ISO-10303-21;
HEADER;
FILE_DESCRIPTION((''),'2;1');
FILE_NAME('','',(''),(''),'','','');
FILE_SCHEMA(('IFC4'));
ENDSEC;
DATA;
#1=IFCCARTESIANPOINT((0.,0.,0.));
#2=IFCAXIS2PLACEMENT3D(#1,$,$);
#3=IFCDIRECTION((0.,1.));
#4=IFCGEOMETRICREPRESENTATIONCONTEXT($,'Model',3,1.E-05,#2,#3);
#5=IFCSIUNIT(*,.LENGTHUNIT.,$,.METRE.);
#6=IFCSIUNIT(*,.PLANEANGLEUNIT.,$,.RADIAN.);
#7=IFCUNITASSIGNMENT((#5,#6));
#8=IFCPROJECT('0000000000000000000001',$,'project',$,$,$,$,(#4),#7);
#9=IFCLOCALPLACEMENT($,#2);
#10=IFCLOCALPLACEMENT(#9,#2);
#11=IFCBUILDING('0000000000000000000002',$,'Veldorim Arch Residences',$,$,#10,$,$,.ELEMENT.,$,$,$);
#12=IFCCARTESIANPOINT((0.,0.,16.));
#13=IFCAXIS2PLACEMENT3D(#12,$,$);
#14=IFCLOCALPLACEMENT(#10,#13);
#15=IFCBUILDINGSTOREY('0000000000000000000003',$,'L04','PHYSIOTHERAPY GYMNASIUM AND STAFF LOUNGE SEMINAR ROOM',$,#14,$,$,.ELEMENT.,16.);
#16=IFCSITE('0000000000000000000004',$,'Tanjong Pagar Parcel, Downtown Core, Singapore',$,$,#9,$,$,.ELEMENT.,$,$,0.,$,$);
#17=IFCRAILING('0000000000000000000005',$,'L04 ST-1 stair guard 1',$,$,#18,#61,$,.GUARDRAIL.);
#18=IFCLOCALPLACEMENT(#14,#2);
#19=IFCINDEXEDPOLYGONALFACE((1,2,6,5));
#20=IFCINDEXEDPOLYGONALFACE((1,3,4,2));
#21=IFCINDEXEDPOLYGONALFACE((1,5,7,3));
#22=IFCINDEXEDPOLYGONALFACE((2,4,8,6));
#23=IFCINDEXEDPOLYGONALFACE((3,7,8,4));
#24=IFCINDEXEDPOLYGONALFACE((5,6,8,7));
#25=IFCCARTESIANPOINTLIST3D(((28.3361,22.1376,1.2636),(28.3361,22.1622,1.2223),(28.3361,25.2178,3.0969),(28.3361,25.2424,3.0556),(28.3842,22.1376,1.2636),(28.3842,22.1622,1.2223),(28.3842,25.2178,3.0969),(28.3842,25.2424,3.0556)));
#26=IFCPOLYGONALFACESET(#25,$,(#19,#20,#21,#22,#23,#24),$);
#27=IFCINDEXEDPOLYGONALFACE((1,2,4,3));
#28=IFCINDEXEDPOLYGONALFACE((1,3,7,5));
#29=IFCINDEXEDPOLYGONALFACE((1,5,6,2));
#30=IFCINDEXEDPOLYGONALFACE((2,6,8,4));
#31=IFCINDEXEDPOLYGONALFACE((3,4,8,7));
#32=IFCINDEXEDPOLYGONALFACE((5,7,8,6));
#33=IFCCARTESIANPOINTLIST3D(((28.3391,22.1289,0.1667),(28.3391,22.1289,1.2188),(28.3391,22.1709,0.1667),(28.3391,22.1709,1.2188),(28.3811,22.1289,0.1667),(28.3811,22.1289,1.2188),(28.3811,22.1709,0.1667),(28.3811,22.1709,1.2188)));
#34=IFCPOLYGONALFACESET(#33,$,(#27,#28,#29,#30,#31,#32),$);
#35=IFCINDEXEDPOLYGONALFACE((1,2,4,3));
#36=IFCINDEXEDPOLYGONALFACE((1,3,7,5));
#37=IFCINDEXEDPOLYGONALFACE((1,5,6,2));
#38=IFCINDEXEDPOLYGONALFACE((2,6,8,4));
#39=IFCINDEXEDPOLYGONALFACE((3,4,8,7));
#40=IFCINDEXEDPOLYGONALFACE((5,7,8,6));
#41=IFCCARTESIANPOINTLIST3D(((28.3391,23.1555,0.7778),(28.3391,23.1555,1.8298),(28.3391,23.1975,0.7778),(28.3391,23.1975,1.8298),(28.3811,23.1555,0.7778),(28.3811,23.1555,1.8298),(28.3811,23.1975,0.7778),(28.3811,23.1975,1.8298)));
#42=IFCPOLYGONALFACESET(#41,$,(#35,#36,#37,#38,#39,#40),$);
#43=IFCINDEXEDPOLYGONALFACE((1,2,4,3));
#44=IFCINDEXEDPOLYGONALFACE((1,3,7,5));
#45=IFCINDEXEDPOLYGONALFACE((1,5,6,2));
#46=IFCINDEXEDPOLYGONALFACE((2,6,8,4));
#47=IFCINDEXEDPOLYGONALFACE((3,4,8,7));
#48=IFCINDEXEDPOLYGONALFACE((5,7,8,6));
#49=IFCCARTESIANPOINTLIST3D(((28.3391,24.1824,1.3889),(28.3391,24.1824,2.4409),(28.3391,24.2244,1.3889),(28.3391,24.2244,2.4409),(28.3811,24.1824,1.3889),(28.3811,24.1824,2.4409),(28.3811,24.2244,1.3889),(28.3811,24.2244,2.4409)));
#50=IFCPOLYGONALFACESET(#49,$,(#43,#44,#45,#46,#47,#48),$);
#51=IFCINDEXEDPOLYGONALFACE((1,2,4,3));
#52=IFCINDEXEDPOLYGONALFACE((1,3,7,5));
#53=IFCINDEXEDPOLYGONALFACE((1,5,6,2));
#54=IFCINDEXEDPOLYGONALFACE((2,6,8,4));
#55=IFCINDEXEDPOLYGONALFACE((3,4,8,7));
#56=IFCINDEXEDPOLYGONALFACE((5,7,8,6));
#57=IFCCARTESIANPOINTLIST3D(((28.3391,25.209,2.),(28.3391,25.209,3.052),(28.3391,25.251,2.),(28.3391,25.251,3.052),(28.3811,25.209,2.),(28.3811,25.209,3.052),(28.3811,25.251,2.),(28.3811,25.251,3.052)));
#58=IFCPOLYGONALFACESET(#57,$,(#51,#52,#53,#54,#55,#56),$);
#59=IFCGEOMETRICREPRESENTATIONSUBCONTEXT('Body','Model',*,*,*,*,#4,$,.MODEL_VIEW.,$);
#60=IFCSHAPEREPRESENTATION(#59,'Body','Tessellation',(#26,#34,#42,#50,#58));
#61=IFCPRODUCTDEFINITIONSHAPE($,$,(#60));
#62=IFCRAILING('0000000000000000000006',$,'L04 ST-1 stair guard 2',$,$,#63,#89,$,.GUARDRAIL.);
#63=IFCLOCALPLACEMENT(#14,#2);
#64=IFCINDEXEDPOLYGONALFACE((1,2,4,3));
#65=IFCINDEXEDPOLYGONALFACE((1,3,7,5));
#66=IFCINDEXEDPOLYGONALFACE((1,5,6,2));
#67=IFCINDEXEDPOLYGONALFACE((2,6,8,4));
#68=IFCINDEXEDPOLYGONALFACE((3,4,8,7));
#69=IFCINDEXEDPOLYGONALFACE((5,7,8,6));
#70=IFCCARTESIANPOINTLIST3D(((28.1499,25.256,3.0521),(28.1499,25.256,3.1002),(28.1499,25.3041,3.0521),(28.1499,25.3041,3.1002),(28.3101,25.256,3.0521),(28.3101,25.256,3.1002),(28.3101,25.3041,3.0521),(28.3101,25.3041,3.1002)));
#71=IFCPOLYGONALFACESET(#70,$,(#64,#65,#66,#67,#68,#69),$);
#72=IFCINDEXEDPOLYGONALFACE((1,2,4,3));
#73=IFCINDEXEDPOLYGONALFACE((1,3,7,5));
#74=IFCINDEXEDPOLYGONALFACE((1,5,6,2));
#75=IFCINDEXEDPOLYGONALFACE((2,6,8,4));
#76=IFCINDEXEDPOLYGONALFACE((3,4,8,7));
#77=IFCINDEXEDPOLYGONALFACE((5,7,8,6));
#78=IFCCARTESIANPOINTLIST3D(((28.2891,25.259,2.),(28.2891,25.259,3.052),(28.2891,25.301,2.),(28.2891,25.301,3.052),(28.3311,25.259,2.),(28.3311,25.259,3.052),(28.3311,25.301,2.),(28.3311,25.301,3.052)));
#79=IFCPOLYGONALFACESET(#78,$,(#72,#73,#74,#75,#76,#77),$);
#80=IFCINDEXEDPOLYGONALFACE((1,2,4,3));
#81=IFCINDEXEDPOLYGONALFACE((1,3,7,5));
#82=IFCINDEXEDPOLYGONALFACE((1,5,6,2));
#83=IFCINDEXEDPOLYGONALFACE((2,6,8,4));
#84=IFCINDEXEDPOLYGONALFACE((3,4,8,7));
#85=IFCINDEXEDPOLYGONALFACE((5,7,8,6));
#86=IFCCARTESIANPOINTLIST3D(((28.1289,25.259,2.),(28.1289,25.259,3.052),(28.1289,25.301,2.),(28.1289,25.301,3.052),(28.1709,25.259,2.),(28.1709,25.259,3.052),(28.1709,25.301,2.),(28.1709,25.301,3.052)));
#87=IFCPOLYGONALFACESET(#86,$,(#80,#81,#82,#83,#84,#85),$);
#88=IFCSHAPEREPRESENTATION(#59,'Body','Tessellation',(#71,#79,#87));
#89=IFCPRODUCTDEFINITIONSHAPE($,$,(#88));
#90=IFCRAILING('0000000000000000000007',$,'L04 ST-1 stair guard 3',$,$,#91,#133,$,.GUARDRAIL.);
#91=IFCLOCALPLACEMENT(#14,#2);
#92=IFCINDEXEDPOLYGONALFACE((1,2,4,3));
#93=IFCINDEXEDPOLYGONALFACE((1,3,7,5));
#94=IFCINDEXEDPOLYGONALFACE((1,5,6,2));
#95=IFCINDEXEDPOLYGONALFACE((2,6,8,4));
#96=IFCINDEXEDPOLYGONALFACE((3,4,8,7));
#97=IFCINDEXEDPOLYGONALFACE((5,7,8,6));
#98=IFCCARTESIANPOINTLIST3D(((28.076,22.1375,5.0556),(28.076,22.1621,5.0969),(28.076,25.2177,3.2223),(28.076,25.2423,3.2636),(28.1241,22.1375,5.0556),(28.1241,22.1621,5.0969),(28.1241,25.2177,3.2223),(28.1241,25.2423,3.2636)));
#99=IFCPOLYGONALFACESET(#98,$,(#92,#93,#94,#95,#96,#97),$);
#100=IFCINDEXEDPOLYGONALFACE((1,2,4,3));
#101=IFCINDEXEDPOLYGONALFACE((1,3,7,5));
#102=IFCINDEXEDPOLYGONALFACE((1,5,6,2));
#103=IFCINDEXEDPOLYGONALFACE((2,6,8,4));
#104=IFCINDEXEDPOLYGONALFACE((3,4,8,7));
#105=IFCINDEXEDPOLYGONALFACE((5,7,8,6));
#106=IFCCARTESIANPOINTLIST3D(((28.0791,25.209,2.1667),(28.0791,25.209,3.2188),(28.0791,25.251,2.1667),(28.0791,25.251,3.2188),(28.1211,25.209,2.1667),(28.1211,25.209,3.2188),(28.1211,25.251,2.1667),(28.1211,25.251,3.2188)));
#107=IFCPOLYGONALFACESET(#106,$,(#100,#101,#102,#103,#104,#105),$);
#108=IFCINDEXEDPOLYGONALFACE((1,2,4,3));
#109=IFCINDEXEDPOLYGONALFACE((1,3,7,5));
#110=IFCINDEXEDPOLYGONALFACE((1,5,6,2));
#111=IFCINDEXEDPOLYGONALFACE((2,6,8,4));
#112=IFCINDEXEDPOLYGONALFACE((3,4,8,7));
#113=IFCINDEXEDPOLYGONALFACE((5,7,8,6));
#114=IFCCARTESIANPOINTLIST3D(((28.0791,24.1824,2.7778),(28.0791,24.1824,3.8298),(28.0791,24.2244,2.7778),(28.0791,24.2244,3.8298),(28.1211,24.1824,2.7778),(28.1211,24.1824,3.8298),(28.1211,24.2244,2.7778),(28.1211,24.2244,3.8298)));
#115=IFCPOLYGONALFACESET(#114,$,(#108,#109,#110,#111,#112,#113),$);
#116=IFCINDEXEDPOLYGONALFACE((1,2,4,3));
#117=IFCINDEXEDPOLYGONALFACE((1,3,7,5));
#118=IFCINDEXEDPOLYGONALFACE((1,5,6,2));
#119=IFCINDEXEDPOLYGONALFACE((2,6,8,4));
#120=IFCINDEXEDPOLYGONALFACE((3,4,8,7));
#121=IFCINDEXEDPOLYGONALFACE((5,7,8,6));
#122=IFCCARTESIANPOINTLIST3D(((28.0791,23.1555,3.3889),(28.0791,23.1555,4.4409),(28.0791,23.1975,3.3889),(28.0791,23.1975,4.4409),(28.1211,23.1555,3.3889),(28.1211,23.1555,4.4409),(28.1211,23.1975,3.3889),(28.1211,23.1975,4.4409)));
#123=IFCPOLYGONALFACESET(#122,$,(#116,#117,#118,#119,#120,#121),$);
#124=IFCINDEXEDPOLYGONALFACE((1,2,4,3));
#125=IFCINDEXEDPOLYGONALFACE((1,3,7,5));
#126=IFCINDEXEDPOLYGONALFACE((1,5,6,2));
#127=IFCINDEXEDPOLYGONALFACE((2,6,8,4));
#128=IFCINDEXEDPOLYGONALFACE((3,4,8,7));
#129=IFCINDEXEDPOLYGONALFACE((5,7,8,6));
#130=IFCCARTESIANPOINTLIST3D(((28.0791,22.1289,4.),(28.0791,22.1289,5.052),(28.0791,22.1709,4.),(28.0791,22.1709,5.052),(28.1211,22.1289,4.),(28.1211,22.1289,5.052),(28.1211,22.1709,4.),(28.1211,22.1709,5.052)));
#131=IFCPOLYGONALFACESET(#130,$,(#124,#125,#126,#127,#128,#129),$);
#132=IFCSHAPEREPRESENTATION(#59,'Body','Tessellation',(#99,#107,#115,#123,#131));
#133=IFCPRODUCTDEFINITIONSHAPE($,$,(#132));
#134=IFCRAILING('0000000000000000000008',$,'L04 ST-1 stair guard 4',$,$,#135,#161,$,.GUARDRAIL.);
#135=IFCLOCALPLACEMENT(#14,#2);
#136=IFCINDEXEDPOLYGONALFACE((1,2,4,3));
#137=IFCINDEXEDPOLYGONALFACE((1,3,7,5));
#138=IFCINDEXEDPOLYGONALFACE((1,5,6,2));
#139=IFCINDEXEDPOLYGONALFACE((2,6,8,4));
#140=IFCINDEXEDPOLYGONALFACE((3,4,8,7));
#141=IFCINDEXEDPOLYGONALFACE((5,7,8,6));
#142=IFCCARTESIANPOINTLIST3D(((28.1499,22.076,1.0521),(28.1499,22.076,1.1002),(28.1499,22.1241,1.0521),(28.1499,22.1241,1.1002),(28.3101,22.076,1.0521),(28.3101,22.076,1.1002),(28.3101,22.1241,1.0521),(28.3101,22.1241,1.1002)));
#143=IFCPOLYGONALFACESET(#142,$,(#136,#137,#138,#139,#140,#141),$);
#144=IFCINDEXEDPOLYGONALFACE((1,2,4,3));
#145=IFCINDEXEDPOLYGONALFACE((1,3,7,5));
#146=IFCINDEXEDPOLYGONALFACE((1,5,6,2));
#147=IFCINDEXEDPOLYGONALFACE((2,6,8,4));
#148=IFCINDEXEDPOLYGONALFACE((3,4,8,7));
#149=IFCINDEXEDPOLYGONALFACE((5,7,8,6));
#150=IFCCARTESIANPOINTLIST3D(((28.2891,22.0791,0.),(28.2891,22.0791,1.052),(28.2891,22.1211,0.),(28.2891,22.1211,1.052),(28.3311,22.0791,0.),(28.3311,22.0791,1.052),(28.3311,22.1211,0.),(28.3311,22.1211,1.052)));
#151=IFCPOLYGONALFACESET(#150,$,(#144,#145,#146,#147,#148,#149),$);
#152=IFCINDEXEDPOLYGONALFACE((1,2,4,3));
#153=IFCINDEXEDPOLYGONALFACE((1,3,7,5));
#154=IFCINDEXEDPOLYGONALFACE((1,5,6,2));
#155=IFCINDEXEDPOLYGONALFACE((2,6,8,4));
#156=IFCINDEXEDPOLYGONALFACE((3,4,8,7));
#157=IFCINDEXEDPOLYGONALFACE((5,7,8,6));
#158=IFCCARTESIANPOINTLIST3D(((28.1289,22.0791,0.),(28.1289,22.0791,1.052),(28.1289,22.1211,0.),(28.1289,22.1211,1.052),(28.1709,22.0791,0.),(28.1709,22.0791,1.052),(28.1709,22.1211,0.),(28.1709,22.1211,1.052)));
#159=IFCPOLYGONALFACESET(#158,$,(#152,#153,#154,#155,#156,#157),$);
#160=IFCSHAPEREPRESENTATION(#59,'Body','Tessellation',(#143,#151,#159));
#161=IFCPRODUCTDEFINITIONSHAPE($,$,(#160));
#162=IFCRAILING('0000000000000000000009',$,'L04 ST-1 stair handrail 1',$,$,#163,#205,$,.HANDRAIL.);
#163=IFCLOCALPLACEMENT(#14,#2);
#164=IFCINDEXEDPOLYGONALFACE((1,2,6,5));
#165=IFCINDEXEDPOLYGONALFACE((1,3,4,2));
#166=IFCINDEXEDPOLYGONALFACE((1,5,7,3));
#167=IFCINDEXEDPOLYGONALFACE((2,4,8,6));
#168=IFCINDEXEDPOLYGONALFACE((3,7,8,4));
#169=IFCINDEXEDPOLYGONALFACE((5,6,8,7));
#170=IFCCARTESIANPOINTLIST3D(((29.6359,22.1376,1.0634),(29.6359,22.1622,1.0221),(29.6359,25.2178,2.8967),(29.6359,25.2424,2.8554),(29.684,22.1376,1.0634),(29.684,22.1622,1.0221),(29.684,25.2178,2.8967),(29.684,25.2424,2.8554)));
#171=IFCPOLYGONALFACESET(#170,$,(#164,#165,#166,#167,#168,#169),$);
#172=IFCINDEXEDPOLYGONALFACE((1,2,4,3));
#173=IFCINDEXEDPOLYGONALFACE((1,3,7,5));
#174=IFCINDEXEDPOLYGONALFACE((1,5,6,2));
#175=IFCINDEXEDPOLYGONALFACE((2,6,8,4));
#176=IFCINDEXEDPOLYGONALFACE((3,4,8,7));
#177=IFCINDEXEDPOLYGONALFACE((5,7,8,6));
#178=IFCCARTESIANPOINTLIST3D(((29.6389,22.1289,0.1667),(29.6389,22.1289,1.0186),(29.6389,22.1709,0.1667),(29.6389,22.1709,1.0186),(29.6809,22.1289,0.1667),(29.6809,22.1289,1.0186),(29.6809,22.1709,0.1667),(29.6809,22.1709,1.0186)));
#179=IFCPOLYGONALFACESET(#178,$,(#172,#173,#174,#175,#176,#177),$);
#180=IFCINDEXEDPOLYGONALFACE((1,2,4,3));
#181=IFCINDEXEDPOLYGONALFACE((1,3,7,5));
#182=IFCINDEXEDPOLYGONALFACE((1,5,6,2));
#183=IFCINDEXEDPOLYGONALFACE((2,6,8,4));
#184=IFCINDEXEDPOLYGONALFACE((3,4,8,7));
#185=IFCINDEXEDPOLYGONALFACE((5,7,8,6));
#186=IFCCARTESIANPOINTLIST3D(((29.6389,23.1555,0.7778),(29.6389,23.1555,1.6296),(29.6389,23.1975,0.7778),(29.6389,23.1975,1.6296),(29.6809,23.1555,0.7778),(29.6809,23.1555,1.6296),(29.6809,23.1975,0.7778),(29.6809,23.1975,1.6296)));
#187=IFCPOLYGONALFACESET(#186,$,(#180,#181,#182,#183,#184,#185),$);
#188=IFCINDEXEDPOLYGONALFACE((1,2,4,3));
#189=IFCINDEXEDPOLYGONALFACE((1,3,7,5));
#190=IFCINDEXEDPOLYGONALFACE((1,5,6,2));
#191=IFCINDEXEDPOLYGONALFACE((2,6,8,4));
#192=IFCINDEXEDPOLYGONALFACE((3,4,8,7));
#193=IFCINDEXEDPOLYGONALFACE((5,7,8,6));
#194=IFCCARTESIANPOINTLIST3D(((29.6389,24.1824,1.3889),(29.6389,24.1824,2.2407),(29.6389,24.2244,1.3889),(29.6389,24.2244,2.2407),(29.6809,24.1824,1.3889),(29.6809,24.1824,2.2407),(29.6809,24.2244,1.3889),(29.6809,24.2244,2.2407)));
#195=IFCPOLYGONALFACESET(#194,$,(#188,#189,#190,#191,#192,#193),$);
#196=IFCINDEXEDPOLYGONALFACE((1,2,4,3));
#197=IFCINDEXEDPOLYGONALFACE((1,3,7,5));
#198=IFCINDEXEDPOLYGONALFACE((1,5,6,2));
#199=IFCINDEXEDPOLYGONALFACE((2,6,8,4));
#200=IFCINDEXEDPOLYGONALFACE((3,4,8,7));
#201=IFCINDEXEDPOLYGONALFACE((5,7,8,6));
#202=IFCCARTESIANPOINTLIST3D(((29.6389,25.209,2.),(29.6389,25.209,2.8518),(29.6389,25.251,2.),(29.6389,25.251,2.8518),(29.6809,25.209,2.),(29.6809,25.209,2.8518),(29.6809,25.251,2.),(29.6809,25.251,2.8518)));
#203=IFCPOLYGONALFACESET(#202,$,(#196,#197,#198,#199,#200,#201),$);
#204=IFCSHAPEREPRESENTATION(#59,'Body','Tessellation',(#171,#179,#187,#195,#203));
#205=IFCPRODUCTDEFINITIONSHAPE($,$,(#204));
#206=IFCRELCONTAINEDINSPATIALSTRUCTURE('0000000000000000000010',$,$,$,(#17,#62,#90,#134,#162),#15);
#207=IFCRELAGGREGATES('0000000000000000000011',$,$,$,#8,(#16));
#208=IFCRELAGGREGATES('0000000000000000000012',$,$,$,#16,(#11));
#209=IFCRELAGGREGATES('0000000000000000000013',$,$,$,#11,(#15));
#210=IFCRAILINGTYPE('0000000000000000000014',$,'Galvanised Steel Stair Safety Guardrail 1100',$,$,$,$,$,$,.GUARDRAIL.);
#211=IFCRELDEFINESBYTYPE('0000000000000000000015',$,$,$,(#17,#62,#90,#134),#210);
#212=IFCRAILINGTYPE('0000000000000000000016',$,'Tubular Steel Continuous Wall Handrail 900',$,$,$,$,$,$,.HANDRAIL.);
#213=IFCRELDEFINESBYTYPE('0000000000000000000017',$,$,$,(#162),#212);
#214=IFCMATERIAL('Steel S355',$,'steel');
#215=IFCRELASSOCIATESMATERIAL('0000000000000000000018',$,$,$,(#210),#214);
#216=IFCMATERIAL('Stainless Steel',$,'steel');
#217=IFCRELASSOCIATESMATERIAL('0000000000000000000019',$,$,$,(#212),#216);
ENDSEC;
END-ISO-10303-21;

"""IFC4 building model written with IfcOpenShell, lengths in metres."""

from ifc_helpers import new_model, si_unit, direction, frame, origin, origin_2d, place, context, subcontext, project, spatial, rectangle, extrude, material, type_object, element, save


model = new_model("IFC4")

# Units and contexts
model_context = context("Model", 3, precision=1e-05, world=origin(), true_north=direction((0.0, 1.0)))
body_context = subcontext(model_context, "Body", "Model", "MODEL_VIEW")
ifc_project = project(units=[si_unit("LENGTHUNIT", "METRE"), si_unit("PLANEANGLEUNIT", "RADIAN")], contexts=[model_context])

# Site, building, storey
site_placement = place(None, origin())
site = spatial("IfcSite", under=ifc_project, at=site_placement, Name="Tanjong Pagar Parcel, Downtown Core, Singapore", CompositionType="ELEMENT", RefElevation=0.0)
building_placement = place(site_placement, origin())
building = spatial("IfcBuilding", under=site, at=building_placement, Name="Veldorim Arch Residences", CompositionType="ELEMENT")
storey_placement = place(building_placement, frame((0.0, 0.0, 16.0)))
storey = spatial("IfcBuildingStorey", under=building, at=storey_placement, Name="L04", Description="PHYSIOTHERAPY GYMNASIUM AND STAFF LOUNGE SEMINAR ROOM", CompositionType="ELEMENT", Elevation=16.0)

# Railings
ifc_material_1 = material(Name="Steel S355", Category="steel")
railing_type_1 = type_object("IfcRailingType", Name="Galvanised Steel Stair Safety Guardrail 1100", PredefinedType="GUARDRAIL", material=ifc_material_1)
railing_1_placement = place(storey_placement, frame((28.3601, 22.1499, 0.1667)))
element("IfcRailing", 1, at=railing_1_placement, inside=storey, type_object=railing_type_1, Name="L04 ST-1 stair guard 1", PredefinedType="GUARDRAIL", context=body_context, shape_type="SweptSolid", body=[
    extrude(rectangle(XDim=0.0481, YDim=0.0481, at=origin_2d()), frame((0.0, 0.0, 1.0762), z_axis=(0.0, 0.859309, 0.511458), x_axis=(-1.0, 0.0, 0.0)), (0.0, 0.0, 1.0), 3.5845),
    extrude(rectangle(XDim=0.042, YDim=0.042, at=origin_2d()), origin(), (0.0, 0.0, 1.0), 1.052),
    extrude(rectangle(XDim=0.042, YDim=0.042, at=origin_2d()), frame((0.0, 1.0266, 0.6111)), (0.0, 0.0, 1.0), 1.052),
    extrude(rectangle(XDim=0.042, YDim=0.042, at=origin_2d()), frame((0.0, 2.0535, 1.2222)), (0.0, 0.0, 1.0), 1.052),
    extrude(rectangle(XDim=0.042, YDim=0.042, at=origin_2d()), frame((0.0, 3.0801, 1.8333)), (0.0, 0.0, 1.0), 1.052),
])
railing_2_placement = place(storey_placement, frame((28.3101, 25.28, 2.0)))
element("IfcRailing", 2, at=railing_2_placement, inside=storey, type_object=railing_type_1, Name="L04 ST-1 stair guard 2", PredefinedType="GUARDRAIL", context=body_context, shape_type="SweptSolid", body=[
    extrude(rectangle(XDim=0.0481, YDim=0.0481, at=origin_2d()), frame((0.0, 0.0, 1.0762), z_axis=(-1.0, 0.0, 0.0), x_axis=(0.0, -1.0, 0.0)), (0.0, 0.0, 1.0), 0.1602),
    extrude(rectangle(XDim=0.042, YDim=0.042, at=origin_2d()), origin(), (0.0, 0.0, 1.0), 1.052),
    extrude(rectangle(XDim=0.042, YDim=0.042, at=origin_2d()), frame((-0.1602, 0.0, 0.0)), (0.0, 0.0, 1.0), 1.052),
])
railing_3_placement = place(storey_placement, frame((28.1001, 25.23, 2.1667)))
element("IfcRailing", 3, at=railing_3_placement, inside=storey, type_object=railing_type_1, Name="L04 ST-1 stair guard 3", PredefinedType="GUARDRAIL", context=body_context, shape_type="SweptSolid", body=[
    extrude(rectangle(XDim=0.0481, YDim=0.0481, at=origin_2d()), frame((0.0, 0.0, 1.0762), z_axis=(0.0, -0.859309, 0.511458), x_axis=(1.0, 0.0, 0.0)), (0.0, 0.0, 1.0), 3.5845),
    extrude(rectangle(XDim=0.042, YDim=0.042, at=origin_2d()), origin(), (0.0, 0.0, 1.0), 1.052),
    extrude(rectangle(XDim=0.042, YDim=0.042, at=origin_2d()), frame((0.0, -1.0266, 0.6111)), (0.0, 0.0, 1.0), 1.052),
    extrude(rectangle(XDim=0.042, YDim=0.042, at=origin_2d()), frame((0.0, -2.0535, 1.2222)), (0.0, 0.0, 1.0), 1.052),
    extrude(rectangle(XDim=0.042, YDim=0.042, at=origin_2d()), frame((0.0, -3.0801, 1.8333)), (0.0, 0.0, 1.0), 1.052),
])
railing_4_placement = place(storey_placement, frame((28.3101, 22.1001, 0.0)))
element("IfcRailing", 4, at=railing_4_placement, inside=storey, type_object=railing_type_1, Name="L04 ST-1 stair guard 4", PredefinedType="GUARDRAIL", context=body_context, shape_type="SweptSolid", body=[
    extrude(rectangle(XDim=0.0481, YDim=0.0481, at=origin_2d()), frame((0.0, 0.0, 1.0762), z_axis=(-1.0, 0.0, 0.0), x_axis=(0.0, -1.0, 0.0)), (0.0, 0.0, 1.0), 0.1602),
    extrude(rectangle(XDim=0.042, YDim=0.042, at=origin_2d()), origin(), (0.0, 0.0, 1.0), 1.052),
    extrude(rectangle(XDim=0.042, YDim=0.042, at=origin_2d()), frame((-0.1602, 0.0, 0.0)), (0.0, 0.0, 1.0), 1.052),
])
ifc_material_2 = material(Name="Stainless Steel", Category="steel")
railing_type_2 = type_object("IfcRailingType", Name="Tubular Steel Continuous Wall Handrail 900", PredefinedType="HANDRAIL", material=ifc_material_2)
railing_5_placement = place(storey_placement, frame((29.6599, 22.1499, 0.1667)))
element("IfcRailing", 5, at=railing_5_placement, inside=storey, type_object=railing_type_2, Name="L04 ST-1 stair handrail 1", PredefinedType="HANDRAIL", context=body_context, shape_type="SweptSolid", body=[
    extrude(rectangle(XDim=0.0481, YDim=0.0481, at=origin_2d()), frame((0.0, 0.0, 0.876), z_axis=(0.0, 0.859309, 0.511458), x_axis=(-1.0, 0.0, 0.0)), (0.0, 0.0, 1.0), 3.5845),
    extrude(rectangle(XDim=0.042, YDim=0.042, at=origin_2d()), origin(), (0.0, 0.0, 1.0), 0.8518),
    extrude(rectangle(XDim=0.042, YDim=0.042, at=origin_2d()), frame((0.0, 1.0266, 0.6111)), (0.0, 0.0, 1.0), 0.8518),
    extrude(rectangle(XDim=0.042, YDim=0.042, at=origin_2d()), frame((0.0, 2.0535, 1.2222)), (0.0, 0.0, 1.0), 0.8518),
    extrude(rectangle(XDim=0.042, YDim=0.042, at=origin_2d()), frame((0.0, 3.0801, 1.8333)), (0.0, 0.0, 1.0), 0.8518),
])

save(model, "model.ifc")
